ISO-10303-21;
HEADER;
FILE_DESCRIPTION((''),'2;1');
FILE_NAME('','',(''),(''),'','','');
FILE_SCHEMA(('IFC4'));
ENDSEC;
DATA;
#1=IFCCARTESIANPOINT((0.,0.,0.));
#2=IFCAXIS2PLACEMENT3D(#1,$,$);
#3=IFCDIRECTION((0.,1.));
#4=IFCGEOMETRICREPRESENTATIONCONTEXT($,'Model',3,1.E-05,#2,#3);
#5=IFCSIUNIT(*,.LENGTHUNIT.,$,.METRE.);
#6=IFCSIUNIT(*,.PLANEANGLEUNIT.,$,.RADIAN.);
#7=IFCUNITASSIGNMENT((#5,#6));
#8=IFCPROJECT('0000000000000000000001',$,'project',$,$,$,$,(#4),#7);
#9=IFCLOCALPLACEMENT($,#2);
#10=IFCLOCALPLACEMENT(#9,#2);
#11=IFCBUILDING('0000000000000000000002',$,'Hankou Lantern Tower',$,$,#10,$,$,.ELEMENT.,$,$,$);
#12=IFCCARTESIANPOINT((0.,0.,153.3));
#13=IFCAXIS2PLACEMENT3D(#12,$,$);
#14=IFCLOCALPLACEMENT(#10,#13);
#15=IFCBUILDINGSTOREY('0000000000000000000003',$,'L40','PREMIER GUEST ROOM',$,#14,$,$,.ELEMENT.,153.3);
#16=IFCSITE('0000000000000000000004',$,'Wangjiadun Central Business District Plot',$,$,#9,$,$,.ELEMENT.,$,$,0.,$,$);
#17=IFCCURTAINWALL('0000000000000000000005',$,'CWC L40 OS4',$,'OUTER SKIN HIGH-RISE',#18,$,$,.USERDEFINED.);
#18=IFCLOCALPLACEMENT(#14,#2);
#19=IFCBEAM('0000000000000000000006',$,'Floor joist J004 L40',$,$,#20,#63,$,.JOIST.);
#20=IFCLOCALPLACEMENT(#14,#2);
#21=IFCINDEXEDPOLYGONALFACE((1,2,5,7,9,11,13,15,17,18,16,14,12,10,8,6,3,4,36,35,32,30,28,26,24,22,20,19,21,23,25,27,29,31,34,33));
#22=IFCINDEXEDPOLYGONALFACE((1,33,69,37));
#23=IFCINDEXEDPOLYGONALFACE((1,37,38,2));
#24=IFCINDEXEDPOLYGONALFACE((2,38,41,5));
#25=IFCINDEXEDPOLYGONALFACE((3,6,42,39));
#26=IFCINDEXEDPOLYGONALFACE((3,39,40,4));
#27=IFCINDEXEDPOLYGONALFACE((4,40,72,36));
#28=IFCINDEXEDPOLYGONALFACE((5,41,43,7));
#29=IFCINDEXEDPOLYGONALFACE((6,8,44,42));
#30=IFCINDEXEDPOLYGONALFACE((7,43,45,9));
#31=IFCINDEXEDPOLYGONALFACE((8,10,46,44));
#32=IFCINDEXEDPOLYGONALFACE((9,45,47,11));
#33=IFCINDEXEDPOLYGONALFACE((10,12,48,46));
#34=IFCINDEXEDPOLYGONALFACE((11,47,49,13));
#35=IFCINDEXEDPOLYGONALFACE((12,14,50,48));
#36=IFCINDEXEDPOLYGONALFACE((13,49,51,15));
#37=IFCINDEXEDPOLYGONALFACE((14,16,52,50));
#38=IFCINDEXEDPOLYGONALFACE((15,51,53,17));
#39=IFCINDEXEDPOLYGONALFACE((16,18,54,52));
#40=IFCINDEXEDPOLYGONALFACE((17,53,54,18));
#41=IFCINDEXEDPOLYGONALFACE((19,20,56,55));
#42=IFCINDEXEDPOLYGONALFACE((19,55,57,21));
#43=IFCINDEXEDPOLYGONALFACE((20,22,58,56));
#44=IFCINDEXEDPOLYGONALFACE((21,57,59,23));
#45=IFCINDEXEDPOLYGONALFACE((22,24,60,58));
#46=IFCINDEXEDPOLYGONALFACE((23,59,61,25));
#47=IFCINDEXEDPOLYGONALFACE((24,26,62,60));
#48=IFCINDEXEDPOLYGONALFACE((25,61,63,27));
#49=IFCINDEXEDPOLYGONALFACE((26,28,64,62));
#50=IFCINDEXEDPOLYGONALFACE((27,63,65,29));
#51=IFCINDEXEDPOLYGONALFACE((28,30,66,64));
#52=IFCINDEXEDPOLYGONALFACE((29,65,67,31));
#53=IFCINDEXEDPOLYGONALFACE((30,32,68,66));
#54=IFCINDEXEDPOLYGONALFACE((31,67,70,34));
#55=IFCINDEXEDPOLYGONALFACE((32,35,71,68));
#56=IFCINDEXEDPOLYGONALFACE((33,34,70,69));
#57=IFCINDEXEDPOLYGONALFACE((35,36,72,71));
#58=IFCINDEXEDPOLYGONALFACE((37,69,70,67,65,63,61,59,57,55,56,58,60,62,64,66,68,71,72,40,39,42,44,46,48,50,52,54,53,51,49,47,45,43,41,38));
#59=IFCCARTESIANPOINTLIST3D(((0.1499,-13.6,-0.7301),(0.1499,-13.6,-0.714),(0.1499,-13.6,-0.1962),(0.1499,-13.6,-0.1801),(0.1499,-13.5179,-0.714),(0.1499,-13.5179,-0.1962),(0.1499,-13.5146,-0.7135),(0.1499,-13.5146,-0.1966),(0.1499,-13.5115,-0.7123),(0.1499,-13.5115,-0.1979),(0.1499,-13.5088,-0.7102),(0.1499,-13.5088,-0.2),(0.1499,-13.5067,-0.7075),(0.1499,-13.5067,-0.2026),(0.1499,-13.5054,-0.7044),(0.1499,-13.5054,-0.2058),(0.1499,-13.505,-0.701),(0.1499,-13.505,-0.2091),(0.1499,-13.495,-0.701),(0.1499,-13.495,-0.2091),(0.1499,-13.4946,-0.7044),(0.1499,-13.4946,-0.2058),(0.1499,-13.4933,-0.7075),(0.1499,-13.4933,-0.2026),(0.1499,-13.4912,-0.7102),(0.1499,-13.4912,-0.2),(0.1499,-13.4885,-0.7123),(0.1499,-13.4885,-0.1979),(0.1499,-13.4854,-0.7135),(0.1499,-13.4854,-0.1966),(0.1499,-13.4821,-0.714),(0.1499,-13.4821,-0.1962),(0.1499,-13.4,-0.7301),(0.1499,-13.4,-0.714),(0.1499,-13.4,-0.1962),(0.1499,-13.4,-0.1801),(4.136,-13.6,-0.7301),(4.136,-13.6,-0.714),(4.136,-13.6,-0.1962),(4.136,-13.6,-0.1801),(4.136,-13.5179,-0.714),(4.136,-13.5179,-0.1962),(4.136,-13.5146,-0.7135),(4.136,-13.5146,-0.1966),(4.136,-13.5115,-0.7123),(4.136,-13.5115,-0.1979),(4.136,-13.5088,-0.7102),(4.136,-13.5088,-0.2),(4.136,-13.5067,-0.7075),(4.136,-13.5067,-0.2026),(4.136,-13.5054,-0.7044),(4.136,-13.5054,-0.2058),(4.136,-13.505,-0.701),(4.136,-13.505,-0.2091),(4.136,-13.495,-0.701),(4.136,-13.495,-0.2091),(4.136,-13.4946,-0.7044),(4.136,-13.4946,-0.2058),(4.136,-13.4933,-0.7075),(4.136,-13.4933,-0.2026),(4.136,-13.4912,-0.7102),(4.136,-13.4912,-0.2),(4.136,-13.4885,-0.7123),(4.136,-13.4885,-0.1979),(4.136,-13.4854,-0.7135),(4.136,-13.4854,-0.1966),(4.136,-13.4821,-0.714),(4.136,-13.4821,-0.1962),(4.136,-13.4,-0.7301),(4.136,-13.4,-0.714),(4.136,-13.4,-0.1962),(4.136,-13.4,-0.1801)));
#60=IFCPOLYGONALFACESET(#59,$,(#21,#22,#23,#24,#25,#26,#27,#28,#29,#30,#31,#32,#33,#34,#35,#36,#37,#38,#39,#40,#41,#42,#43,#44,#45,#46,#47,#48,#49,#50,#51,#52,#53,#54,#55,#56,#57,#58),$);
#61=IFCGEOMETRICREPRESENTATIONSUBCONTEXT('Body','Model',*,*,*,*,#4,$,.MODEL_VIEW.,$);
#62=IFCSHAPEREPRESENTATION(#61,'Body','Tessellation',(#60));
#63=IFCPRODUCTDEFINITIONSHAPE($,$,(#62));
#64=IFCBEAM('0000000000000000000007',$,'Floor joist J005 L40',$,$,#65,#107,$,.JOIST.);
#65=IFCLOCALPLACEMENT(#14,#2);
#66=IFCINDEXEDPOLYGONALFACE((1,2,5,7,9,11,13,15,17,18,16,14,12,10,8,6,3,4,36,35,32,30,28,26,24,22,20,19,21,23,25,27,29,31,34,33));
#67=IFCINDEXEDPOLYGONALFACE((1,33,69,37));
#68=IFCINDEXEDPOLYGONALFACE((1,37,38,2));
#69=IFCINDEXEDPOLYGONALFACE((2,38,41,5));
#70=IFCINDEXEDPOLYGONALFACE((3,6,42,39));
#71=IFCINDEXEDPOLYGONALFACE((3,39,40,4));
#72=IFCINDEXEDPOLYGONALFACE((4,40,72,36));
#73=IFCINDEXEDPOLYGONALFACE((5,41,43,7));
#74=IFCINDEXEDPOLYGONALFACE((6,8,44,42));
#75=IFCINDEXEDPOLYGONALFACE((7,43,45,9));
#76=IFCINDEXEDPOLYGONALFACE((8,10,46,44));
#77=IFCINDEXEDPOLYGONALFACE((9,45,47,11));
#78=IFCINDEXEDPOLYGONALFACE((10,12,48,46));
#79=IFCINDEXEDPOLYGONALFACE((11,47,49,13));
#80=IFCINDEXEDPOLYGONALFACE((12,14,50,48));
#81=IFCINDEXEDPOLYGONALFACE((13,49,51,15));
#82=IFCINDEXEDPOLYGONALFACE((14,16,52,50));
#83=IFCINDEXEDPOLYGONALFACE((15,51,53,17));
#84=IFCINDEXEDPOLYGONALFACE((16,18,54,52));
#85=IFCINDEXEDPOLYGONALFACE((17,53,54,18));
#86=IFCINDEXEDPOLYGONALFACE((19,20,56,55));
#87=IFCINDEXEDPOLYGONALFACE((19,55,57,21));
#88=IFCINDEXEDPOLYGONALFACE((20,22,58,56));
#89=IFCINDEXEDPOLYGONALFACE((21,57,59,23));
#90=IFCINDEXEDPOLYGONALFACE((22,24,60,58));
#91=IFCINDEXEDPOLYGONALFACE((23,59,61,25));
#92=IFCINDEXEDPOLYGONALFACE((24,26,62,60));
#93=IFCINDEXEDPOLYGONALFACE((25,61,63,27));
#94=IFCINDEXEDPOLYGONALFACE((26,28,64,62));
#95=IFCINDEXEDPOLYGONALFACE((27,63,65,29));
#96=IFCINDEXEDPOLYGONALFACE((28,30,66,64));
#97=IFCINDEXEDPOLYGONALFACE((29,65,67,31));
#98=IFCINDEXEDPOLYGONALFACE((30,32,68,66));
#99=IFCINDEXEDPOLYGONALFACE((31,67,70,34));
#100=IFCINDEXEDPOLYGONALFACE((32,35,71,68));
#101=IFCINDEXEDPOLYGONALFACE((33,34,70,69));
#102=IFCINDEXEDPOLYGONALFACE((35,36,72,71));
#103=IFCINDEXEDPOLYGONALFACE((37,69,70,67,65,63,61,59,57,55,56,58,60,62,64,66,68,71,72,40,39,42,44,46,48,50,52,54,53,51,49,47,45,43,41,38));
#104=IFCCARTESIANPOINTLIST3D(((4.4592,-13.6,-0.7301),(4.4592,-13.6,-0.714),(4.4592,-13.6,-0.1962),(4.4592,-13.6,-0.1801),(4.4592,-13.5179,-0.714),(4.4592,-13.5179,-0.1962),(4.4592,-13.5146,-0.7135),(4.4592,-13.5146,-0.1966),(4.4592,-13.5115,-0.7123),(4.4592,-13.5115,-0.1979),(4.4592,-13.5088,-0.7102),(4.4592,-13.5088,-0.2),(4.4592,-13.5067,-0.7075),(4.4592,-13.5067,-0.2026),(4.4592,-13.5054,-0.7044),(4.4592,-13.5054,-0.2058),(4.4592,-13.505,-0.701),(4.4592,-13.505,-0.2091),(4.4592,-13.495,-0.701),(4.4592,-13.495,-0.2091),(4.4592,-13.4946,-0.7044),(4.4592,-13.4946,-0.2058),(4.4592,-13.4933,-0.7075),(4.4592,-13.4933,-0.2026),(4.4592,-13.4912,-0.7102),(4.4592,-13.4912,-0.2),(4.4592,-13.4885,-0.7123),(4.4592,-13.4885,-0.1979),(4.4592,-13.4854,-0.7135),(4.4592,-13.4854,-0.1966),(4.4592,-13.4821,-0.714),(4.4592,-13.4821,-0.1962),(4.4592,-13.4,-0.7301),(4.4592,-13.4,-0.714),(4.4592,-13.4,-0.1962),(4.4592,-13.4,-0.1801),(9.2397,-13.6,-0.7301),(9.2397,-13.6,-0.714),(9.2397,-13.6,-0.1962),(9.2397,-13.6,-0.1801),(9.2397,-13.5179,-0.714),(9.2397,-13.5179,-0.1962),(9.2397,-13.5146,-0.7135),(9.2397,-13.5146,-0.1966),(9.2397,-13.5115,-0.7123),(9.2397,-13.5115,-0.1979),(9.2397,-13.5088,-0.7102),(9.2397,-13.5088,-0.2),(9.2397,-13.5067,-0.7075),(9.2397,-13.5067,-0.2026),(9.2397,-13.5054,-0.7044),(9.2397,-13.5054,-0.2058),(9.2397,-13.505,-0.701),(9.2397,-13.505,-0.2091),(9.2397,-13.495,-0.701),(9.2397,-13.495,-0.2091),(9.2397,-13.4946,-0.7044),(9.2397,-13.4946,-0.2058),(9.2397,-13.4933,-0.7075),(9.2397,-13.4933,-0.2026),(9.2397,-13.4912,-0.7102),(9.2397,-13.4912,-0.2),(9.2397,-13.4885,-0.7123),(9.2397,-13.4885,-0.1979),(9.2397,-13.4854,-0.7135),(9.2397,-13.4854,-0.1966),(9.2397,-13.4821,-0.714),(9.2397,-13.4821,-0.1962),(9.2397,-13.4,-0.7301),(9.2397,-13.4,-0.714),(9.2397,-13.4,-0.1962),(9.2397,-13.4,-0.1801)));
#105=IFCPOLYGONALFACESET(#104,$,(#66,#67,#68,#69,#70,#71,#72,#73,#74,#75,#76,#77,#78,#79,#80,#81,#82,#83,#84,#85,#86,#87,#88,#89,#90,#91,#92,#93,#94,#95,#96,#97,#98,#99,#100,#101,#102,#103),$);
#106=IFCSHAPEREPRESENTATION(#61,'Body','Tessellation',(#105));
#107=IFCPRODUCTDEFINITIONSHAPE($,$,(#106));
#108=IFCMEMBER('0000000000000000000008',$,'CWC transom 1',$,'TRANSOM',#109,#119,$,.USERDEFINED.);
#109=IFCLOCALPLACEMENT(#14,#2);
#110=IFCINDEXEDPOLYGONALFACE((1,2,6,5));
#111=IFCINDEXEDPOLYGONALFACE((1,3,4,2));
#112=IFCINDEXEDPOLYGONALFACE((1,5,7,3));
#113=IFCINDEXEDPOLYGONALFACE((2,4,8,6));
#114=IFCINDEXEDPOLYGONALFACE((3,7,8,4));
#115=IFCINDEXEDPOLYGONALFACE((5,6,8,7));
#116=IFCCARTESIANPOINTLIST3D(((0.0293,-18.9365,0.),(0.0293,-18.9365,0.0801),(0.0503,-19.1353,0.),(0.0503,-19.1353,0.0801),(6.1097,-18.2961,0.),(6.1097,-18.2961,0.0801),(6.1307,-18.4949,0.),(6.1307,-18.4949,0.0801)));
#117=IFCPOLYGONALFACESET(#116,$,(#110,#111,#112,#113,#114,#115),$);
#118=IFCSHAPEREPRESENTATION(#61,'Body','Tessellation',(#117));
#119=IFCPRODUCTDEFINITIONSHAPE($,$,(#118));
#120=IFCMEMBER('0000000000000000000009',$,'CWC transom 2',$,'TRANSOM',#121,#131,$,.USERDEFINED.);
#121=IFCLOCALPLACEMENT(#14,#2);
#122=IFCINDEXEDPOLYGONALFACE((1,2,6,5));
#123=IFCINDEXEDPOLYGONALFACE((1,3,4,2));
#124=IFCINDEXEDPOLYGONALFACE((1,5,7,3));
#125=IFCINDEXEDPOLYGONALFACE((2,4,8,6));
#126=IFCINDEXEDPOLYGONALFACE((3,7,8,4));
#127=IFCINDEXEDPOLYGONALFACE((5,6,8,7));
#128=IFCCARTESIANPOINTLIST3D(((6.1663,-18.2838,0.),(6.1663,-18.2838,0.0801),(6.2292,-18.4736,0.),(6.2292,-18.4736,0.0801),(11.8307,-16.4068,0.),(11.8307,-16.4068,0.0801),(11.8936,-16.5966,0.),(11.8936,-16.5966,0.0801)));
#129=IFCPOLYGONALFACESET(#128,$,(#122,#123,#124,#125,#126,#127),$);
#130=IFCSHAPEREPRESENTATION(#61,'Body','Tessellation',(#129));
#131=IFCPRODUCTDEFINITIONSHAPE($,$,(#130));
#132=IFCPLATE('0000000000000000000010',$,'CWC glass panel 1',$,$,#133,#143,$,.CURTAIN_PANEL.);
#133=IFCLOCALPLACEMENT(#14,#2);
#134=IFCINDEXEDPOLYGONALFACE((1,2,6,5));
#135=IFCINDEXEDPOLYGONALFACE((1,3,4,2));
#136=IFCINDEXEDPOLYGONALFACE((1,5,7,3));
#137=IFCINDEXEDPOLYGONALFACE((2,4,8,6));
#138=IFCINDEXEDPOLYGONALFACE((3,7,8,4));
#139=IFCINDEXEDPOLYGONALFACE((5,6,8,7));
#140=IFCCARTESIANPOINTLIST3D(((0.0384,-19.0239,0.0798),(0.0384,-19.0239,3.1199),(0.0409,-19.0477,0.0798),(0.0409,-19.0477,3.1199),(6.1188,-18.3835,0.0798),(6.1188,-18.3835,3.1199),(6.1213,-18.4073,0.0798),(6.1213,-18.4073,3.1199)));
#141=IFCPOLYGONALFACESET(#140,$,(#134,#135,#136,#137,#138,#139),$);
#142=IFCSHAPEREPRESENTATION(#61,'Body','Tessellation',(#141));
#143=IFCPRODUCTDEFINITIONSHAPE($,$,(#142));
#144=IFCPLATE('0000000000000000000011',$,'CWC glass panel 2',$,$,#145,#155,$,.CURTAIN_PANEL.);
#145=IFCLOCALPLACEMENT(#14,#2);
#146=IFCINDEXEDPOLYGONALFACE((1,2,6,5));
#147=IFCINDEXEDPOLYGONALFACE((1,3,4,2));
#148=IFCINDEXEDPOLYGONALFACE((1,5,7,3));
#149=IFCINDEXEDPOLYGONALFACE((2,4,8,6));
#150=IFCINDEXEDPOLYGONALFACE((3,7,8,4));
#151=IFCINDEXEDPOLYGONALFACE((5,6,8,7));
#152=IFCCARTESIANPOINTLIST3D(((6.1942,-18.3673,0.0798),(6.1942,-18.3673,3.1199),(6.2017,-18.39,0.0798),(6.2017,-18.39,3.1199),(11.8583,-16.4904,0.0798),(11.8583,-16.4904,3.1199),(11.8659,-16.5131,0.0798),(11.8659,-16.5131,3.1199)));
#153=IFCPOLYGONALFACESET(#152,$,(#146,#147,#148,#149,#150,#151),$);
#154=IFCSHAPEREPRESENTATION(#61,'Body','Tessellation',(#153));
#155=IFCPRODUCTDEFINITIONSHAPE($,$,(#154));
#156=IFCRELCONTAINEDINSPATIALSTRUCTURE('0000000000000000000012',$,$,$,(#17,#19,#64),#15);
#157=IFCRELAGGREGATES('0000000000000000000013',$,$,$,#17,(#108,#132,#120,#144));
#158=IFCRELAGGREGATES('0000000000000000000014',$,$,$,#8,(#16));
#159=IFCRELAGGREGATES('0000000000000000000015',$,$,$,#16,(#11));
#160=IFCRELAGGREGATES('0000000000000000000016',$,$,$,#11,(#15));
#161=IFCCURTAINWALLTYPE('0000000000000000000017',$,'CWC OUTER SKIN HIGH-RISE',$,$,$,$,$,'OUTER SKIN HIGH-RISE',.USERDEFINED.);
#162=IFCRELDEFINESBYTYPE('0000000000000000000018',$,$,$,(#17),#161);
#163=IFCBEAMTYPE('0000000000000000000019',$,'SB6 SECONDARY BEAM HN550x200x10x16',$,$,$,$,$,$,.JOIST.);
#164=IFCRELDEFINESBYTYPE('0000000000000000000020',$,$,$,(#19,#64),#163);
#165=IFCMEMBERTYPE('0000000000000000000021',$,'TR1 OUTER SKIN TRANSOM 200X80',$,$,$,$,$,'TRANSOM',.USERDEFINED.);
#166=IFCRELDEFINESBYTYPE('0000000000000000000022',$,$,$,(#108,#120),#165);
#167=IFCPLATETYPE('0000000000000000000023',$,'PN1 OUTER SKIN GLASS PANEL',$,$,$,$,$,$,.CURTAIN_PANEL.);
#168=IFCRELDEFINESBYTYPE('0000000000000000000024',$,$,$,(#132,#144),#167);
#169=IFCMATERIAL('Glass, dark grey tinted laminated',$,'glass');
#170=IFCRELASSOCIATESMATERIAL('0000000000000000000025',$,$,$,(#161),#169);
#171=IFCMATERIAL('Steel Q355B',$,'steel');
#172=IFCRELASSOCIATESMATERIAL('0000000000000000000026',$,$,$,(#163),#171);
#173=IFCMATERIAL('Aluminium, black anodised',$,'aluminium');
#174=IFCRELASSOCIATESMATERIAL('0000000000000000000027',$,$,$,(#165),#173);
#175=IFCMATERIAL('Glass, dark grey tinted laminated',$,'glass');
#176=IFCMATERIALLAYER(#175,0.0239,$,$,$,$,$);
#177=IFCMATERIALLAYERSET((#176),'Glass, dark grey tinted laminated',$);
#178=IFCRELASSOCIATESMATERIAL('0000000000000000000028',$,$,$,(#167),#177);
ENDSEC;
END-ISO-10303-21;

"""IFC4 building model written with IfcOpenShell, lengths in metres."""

from ifc_helpers import new_model, si_unit, direction, frame, origin, origin_2d, place, context, subcontext, project, spatial, rectangle, i_section, extrude, material, layer, layer_set, material_profile, profile_set, type_object, element, aggregate, save


model = new_model("IFC4")

# Units and contexts
model_context = context("Model", 3, precision=1e-05, world=origin(), true_north=direction((0.0, 1.0)))
body_context = subcontext(model_context, "Body", "Model", "MODEL_VIEW")
ifc_project = project(units=[si_unit("LENGTHUNIT", "METRE"), si_unit("PLANEANGLEUNIT", "RADIAN")], contexts=[model_context])

# Site, building, storey
site_placement = place(None, origin())
site = spatial("IfcSite", under=ifc_project, at=site_placement, Name="Wangjiadun Central Business District Plot", CompositionType="ELEMENT", RefElevation=0.0)
building_placement = place(site_placement, origin())
building = spatial("IfcBuilding", under=site, at=building_placement, Name="Hankou Lantern Tower", CompositionType="ELEMENT")
storey_placement = place(building_placement, frame((0.0, 0.0, 153.3)))
storey = spatial("IfcBuildingStorey", under=building, at=storey_placement, Name="L40", Description="PREMIER GUEST ROOM", CompositionType="ELEMENT", Elevation=153.3)

# Curtain wall
ifc_material_1 = material(Name="Glass, dark grey tinted laminated", Category="glass")
curtain_wall_type = type_object("IfcCurtainWallType", Name="CWC OUTER SKIN HIGH-RISE", ElementType="OUTER SKIN HIGH-RISE", PredefinedType="USERDEFINED", material=ifc_material_1)
curtain_wall_placement = place(storey_placement, origin())
curtain_wall = element("IfcCurtainWall", 1, at=curtain_wall_placement, inside=storey, type_object=curtain_wall_type, Name="CWC L40 OS4", ObjectType="OUTER SKIN HIGH-RISE", PredefinedType="USERDEFINED")

# Beams
ifc_material_2 = material(Name="Steel Q355B", Category="steel")
ifc_material_profile_1 = material_profile(ifc_material_2, i_section(OverallWidth=0.2, OverallDepth=0.55, WebThickness=0.01, FlangeThickness=0.0161, FilletRadius=0.0129, at=origin_2d()), Name="HN550x200x10x16")
ifc_profile_set_1 = profile_set([ifc_material_profile_1], Name="Steel Q355B")
beam_type_1 = type_object("IfcBeamType", Name="SB6 SECONDARY BEAM HN550x200x10x16", PredefinedType="JOIST", material=ifc_profile_set_1)
beam_1_placement = place(storey_placement, frame((0.1499, -13.5, -0.4551), z_axis=(1.0, 0.0, 0.0), x_axis=(0.0, 1.0, 0.0)))
element("IfcBeam", 2, at=beam_1_placement, inside=storey, type_object=beam_type_1, Name="Floor joist J004 L40", PredefinedType="JOIST", context=body_context, shape_type="SweptSolid", body=[
    extrude(i_section(OverallWidth=0.2, OverallDepth=0.55, WebThickness=0.01, FlangeThickness=0.0161, FilletRadius=0.0129, at=origin_2d()), origin(), (0.0, 0.0, 1.0), 3.9861),
])
beam_2_placement = place(storey_placement, frame((4.4592, -13.5, -0.4551), z_axis=(1.0, 0.0, 0.0), x_axis=(0.0, 1.0, 0.0)))
element("IfcBeam", 3, at=beam_2_placement, inside=storey, type_object=beam_type_1, Name="Floor joist J005 L40", PredefinedType="JOIST", context=body_context, shape_type="SweptSolid", body=[
    extrude(i_section(OverallWidth=0.2, OverallDepth=0.55, WebThickness=0.01, FlangeThickness=0.0161, FilletRadius=0.0129, at=origin_2d()), origin(), (0.0, 0.0, 1.0), 4.7805),
])

# Members
ifc_material_3 = material(Name="Aluminium, black anodised", Category="aluminium")
ifc_material_profile_2 = material_profile(ifc_material_3, rectangle(XDim=0.2, YDim=0.0801, at=origin_2d()), Name="TR1 200X80")
ifc_profile_set_2 = profile_set([ifc_material_profile_2], Name="Aluminium, black anodised")
member_type_1 = type_object("IfcMemberType", Name="TR1 OUTER SKIN TRANSOM 200X80", ElementType="TRANSOM", PredefinedType="USERDEFINED", material=ifc_profile_set_2)
member_1_placement = place(storey_placement, frame((0.0398, -19.0359, 0.04), z_axis=(0.9945, 0.104741, 0.0), x_axis=(-0.104741, 0.9945, 0.0)))
member_1 = element("IfcMember", 4, at=member_1_placement, type_object=member_type_1, Name="CWC transom 1", ObjectType="TRANSOM", PredefinedType="USERDEFINED", context=body_context, shape_type="SweptSolid", body=[
    extrude(rectangle(XDim=0.2, YDim=0.0801, at=origin_2d()), origin(), (0.0, 0.0, 1.0), 6.114),
])
member_2_placement = place(storey_placement, frame((6.1978, -18.3787, 0.04), z_axis=(0.949242, 0.314546, 0.0), x_axis=(-0.314546, 0.949242, 0.0)))
member_2 = element("IfcMember", 5, at=member_2_placement, type_object=member_type_1, Name="CWC transom 2", ObjectType="TRANSOM", PredefinedType="USERDEFINED", context=body_context, shape_type="SweptSolid", body=[
    extrude(rectangle(XDim=0.2, YDim=0.0801, at=origin_2d()), origin(), (0.0, 0.0, 1.0), 5.9673),
])

# Plates
ifc_material_4 = material(Name="Glass, dark grey tinted laminated", Category="glass")
ifc_layer_1 = layer(ifc_material_4, 0.0239)
ifc_layer_set_1 = layer_set([ifc_layer_1], Name="Glass, dark grey tinted laminated")
plate_type = type_object("IfcPlateType", Name="PN1 OUTER SKIN GLASS PANEL", PredefinedType="CURTAIN_PANEL", material=ifc_layer_set_1)
plate_1_placement = place(storey_placement, frame((3.0798, -18.7156, 0.0798), z_axis=(0.0, 0.0, 1.0), x_axis=(0.994499, 0.104743, 0.0)))
plate_1 = element("IfcPlate", 6, at=plate_1_placement, type_object=plate_type, Name="CWC glass panel 1", PredefinedType="CURTAIN_PANEL", context=body_context, shape_type="SweptSolid", body=[
    extrude(rectangle(XDim=6.114, YDim=0.0239, at=origin_2d()), origin(), (0.0, 0.0, 1.0), 3.04),
])
plate_2_placement = place(storey_placement, frame((9.03, -17.4402, 0.0798), z_axis=(0.0, 0.0, 1.0), x_axis=(0.949241, 0.314551, 0.0)))
plate_2 = element("IfcPlate", 7, at=plate_2_placement, type_object=plate_type, Name="CWC glass panel 2", PredefinedType="CURTAIN_PANEL", context=body_context, shape_type="SweptSolid", body=[
    extrude(rectangle(XDim=5.967, YDim=0.0239, at=origin_2d()), origin(), (0.0, 0.0, 1.0), 3.04),
])
aggregate(curtain_wall, [member_1, plate_1, member_2, plate_2])

save(model, "model.ifc")
